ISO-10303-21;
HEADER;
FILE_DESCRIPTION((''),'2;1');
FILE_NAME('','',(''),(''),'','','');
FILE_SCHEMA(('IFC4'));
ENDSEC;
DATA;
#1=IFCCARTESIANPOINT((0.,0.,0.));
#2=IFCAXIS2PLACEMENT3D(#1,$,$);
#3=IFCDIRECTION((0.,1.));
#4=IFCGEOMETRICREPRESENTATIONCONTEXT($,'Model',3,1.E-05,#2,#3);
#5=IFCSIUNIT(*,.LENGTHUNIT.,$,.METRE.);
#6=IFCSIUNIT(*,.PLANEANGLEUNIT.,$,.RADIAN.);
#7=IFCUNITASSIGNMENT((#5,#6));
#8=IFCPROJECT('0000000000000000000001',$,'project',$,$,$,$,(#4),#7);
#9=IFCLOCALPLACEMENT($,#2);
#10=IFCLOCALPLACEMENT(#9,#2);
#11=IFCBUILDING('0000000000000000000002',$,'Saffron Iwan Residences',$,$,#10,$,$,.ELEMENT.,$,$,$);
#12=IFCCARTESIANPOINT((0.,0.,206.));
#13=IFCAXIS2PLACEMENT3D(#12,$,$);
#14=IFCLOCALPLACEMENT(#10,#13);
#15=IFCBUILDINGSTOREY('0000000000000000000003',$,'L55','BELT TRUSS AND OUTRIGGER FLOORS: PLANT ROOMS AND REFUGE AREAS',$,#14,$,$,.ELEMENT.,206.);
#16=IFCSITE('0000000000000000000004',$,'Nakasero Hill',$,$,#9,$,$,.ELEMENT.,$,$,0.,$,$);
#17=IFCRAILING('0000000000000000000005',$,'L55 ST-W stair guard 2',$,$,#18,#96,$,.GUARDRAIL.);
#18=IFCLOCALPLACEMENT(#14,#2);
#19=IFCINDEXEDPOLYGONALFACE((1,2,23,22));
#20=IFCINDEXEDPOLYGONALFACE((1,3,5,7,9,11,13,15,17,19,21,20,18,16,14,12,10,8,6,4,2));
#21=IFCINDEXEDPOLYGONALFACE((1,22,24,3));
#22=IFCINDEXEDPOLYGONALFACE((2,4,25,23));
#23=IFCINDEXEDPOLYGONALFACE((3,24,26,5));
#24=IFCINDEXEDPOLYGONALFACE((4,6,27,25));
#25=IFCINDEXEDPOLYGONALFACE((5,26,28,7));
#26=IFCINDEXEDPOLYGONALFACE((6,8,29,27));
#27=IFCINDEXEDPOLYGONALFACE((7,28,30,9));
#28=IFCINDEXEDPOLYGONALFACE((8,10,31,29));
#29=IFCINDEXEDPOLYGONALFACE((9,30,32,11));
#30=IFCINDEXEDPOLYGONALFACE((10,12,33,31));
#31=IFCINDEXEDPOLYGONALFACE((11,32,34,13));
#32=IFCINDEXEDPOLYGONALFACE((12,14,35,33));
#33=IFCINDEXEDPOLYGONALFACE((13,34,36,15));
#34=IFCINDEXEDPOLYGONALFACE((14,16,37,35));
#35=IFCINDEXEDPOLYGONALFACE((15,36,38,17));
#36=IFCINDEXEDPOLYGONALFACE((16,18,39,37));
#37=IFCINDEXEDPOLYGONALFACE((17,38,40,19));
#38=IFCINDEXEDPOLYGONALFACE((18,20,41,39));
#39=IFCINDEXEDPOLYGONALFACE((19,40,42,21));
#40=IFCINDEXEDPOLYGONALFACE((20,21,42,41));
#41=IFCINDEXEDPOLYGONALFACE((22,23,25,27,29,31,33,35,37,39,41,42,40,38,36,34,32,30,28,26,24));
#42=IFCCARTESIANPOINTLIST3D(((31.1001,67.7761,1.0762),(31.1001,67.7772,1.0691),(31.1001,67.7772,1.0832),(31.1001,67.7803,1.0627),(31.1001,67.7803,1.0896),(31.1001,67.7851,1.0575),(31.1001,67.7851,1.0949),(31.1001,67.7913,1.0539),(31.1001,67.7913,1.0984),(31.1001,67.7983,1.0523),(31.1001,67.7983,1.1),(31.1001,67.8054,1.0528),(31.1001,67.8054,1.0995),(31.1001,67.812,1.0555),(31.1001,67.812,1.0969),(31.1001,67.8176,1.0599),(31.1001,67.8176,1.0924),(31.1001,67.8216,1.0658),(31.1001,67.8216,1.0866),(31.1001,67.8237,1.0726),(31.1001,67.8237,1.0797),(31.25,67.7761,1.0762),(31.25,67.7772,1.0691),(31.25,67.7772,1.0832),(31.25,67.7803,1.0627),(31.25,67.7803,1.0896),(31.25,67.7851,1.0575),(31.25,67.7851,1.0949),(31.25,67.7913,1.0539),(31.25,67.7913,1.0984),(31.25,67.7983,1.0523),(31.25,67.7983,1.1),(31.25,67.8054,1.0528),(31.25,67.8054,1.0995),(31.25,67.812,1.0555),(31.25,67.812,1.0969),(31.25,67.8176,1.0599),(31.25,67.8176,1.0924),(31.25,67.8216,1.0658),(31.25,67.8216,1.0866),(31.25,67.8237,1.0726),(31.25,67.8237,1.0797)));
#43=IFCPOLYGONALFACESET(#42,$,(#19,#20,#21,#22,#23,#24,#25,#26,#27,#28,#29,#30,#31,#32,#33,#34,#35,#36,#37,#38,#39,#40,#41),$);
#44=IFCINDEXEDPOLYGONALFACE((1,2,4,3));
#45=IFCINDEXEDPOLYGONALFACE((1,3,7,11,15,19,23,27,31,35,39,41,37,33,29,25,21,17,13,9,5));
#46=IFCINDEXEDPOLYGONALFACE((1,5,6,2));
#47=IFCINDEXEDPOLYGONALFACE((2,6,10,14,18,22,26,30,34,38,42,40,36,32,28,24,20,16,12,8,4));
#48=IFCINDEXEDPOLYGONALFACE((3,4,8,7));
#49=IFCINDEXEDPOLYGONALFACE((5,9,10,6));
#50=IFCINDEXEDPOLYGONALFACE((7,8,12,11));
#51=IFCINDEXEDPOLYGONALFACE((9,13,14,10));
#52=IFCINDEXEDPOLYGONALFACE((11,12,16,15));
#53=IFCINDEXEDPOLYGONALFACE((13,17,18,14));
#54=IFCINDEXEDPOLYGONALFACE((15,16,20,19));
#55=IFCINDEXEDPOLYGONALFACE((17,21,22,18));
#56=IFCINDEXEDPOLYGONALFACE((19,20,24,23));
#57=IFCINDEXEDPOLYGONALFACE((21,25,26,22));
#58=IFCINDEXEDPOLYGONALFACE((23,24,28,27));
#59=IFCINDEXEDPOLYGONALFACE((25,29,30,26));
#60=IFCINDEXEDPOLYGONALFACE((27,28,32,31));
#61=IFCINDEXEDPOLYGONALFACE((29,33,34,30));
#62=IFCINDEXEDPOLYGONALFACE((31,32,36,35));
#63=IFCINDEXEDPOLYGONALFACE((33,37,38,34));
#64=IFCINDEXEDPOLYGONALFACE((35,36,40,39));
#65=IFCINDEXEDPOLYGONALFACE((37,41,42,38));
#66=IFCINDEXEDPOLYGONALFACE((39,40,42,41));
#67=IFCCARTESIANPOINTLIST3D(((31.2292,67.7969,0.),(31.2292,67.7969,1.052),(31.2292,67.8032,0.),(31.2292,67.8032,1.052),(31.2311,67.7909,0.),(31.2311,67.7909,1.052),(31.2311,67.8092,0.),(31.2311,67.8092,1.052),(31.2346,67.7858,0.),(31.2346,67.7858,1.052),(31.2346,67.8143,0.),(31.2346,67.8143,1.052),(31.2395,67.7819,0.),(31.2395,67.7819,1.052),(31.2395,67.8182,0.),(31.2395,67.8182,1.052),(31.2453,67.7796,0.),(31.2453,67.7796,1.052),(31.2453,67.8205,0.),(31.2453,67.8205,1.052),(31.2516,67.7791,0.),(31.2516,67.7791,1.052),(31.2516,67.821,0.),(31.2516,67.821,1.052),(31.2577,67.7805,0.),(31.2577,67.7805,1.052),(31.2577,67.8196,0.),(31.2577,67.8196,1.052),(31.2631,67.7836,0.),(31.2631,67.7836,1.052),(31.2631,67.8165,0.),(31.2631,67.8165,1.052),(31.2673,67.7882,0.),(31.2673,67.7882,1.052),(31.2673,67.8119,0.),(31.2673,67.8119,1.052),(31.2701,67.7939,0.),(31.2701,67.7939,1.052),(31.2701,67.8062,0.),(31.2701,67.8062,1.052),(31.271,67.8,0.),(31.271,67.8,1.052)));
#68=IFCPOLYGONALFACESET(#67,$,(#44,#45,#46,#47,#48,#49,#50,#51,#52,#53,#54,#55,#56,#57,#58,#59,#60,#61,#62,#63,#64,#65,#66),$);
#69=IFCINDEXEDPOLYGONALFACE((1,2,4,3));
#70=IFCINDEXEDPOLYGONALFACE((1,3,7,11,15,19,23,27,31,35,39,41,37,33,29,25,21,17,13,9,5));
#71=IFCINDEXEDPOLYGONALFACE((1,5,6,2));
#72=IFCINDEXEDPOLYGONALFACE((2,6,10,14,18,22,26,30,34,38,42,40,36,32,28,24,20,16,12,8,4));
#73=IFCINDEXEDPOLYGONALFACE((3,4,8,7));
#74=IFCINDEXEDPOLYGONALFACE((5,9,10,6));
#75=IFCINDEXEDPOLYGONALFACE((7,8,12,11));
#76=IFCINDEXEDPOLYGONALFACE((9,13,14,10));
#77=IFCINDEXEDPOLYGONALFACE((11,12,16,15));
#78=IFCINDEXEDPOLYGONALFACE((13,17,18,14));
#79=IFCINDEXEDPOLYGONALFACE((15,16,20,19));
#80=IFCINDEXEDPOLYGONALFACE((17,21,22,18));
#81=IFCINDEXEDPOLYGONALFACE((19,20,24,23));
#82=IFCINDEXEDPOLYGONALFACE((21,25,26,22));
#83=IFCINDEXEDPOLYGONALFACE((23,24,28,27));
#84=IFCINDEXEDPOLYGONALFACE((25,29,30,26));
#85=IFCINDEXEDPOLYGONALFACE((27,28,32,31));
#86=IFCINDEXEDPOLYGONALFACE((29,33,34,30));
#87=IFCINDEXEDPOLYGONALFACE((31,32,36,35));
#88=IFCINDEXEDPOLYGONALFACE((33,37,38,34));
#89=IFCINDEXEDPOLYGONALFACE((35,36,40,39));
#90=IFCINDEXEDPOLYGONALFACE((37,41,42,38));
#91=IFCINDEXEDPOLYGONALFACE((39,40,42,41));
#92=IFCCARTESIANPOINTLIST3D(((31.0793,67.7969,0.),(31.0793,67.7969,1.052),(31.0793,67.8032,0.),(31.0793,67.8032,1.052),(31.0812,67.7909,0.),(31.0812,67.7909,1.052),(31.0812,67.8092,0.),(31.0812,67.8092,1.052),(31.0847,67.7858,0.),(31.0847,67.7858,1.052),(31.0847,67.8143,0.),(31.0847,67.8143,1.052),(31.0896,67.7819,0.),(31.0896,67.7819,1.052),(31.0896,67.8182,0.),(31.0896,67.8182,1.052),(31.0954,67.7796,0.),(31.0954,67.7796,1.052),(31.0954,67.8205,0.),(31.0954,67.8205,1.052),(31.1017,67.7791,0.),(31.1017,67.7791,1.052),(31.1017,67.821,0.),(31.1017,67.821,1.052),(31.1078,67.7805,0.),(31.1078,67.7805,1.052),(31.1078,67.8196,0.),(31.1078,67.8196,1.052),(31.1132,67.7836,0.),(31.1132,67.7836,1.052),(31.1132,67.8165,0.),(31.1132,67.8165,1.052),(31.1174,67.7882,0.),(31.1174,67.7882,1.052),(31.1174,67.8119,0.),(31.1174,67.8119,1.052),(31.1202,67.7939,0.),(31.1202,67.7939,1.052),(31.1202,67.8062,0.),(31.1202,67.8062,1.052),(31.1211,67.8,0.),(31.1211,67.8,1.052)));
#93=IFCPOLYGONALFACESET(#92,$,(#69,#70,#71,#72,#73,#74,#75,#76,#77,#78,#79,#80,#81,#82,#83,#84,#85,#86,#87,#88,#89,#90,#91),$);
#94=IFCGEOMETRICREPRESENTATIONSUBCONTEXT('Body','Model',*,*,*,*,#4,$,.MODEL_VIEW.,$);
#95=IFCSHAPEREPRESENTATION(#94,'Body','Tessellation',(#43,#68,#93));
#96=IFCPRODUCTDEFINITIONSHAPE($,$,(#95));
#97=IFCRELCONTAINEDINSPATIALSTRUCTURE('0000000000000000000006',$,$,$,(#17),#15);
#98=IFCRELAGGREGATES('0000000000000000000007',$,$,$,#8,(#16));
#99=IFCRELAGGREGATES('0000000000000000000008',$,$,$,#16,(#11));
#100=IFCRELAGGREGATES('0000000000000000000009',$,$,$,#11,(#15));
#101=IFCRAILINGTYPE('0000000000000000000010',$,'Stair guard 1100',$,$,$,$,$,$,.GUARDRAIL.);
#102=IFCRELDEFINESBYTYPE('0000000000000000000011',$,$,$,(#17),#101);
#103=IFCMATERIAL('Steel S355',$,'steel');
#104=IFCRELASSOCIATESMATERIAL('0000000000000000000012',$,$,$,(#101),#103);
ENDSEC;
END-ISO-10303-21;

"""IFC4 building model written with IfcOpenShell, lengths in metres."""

from ifc_helpers import new_model, si_unit, direction, frame, origin, origin_2d, place, context, subcontext, project, spatial, circle, extrude, material, type_object, element, save


model = new_model("IFC4")

# Units and contexts
model_context = context("Model", 3, precision=1e-05, world=origin(), true_north=direction((0.0, 1.0)))
body_context = subcontext(model_context, "Body", "Model", "MODEL_VIEW")
ifc_project = project(units=[si_unit("LENGTHUNIT", "METRE"), si_unit("PLANEANGLEUNIT", "RADIAN")], contexts=[model_context])

# Site, building, storey
site_placement = place(None, origin())
site = spatial("IfcSite", under=ifc_project, at=site_placement, Name="Nakasero Hill", CompositionType="ELEMENT", RefElevation=0.0)
building_placement = place(site_placement, origin())
building = spatial("IfcBuilding", under=site, at=building_placement, Name="Saffron Iwan Residences", CompositionType="ELEMENT")
storey_placement = place(building_placement, frame((0.0, 0.0, 206.0)))
storey = spatial("IfcBuildingStorey", under=building, at=storey_placement, Name="L55", Description="BELT TRUSS AND OUTRIGGER FLOORS: PLANT ROOMS AND REFUGE AREAS", CompositionType="ELEMENT", Elevation=206.0)

# Shared definitions
ifc_material_1 = material(Name="Steel S355", Category="steel")

# Railing
railing_type_1 = type_object("IfcRailingType", Name="Stair guard 1100", PredefinedType="GUARDRAIL", material=ifc_material_1)
railing_1_placement = place(storey_placement, frame((31.25, 67.8, 0.0)))
element("IfcRailing", 1, at=railing_1_placement, inside=storey, type_object=railing_type_1, Name="L55 ST-W stair guard 2", PredefinedType="GUARDRAIL", context=body_context, shape_type="SweptSolid", body=[
    extrude(circle(Radius=0.0239, at=origin_2d()), frame((0.0, 0.0, 1.0762), z_axis=(-1.0, 0.0, 0.0), x_axis=(0.0, -1.0, 0.0)), (0.0, 0.0, 1.0), 0.1499),
    extrude(circle(Radius=0.021, at=origin_2d()), origin(), (0.0, 0.0, 1.0), 1.052),
    extrude(circle(Radius=0.021, at=origin_2d()), frame((-0.1499, 0.0, 0.0)), (0.0, 0.0, 1.0), 1.052),
])

save(model, "model.ifc")
